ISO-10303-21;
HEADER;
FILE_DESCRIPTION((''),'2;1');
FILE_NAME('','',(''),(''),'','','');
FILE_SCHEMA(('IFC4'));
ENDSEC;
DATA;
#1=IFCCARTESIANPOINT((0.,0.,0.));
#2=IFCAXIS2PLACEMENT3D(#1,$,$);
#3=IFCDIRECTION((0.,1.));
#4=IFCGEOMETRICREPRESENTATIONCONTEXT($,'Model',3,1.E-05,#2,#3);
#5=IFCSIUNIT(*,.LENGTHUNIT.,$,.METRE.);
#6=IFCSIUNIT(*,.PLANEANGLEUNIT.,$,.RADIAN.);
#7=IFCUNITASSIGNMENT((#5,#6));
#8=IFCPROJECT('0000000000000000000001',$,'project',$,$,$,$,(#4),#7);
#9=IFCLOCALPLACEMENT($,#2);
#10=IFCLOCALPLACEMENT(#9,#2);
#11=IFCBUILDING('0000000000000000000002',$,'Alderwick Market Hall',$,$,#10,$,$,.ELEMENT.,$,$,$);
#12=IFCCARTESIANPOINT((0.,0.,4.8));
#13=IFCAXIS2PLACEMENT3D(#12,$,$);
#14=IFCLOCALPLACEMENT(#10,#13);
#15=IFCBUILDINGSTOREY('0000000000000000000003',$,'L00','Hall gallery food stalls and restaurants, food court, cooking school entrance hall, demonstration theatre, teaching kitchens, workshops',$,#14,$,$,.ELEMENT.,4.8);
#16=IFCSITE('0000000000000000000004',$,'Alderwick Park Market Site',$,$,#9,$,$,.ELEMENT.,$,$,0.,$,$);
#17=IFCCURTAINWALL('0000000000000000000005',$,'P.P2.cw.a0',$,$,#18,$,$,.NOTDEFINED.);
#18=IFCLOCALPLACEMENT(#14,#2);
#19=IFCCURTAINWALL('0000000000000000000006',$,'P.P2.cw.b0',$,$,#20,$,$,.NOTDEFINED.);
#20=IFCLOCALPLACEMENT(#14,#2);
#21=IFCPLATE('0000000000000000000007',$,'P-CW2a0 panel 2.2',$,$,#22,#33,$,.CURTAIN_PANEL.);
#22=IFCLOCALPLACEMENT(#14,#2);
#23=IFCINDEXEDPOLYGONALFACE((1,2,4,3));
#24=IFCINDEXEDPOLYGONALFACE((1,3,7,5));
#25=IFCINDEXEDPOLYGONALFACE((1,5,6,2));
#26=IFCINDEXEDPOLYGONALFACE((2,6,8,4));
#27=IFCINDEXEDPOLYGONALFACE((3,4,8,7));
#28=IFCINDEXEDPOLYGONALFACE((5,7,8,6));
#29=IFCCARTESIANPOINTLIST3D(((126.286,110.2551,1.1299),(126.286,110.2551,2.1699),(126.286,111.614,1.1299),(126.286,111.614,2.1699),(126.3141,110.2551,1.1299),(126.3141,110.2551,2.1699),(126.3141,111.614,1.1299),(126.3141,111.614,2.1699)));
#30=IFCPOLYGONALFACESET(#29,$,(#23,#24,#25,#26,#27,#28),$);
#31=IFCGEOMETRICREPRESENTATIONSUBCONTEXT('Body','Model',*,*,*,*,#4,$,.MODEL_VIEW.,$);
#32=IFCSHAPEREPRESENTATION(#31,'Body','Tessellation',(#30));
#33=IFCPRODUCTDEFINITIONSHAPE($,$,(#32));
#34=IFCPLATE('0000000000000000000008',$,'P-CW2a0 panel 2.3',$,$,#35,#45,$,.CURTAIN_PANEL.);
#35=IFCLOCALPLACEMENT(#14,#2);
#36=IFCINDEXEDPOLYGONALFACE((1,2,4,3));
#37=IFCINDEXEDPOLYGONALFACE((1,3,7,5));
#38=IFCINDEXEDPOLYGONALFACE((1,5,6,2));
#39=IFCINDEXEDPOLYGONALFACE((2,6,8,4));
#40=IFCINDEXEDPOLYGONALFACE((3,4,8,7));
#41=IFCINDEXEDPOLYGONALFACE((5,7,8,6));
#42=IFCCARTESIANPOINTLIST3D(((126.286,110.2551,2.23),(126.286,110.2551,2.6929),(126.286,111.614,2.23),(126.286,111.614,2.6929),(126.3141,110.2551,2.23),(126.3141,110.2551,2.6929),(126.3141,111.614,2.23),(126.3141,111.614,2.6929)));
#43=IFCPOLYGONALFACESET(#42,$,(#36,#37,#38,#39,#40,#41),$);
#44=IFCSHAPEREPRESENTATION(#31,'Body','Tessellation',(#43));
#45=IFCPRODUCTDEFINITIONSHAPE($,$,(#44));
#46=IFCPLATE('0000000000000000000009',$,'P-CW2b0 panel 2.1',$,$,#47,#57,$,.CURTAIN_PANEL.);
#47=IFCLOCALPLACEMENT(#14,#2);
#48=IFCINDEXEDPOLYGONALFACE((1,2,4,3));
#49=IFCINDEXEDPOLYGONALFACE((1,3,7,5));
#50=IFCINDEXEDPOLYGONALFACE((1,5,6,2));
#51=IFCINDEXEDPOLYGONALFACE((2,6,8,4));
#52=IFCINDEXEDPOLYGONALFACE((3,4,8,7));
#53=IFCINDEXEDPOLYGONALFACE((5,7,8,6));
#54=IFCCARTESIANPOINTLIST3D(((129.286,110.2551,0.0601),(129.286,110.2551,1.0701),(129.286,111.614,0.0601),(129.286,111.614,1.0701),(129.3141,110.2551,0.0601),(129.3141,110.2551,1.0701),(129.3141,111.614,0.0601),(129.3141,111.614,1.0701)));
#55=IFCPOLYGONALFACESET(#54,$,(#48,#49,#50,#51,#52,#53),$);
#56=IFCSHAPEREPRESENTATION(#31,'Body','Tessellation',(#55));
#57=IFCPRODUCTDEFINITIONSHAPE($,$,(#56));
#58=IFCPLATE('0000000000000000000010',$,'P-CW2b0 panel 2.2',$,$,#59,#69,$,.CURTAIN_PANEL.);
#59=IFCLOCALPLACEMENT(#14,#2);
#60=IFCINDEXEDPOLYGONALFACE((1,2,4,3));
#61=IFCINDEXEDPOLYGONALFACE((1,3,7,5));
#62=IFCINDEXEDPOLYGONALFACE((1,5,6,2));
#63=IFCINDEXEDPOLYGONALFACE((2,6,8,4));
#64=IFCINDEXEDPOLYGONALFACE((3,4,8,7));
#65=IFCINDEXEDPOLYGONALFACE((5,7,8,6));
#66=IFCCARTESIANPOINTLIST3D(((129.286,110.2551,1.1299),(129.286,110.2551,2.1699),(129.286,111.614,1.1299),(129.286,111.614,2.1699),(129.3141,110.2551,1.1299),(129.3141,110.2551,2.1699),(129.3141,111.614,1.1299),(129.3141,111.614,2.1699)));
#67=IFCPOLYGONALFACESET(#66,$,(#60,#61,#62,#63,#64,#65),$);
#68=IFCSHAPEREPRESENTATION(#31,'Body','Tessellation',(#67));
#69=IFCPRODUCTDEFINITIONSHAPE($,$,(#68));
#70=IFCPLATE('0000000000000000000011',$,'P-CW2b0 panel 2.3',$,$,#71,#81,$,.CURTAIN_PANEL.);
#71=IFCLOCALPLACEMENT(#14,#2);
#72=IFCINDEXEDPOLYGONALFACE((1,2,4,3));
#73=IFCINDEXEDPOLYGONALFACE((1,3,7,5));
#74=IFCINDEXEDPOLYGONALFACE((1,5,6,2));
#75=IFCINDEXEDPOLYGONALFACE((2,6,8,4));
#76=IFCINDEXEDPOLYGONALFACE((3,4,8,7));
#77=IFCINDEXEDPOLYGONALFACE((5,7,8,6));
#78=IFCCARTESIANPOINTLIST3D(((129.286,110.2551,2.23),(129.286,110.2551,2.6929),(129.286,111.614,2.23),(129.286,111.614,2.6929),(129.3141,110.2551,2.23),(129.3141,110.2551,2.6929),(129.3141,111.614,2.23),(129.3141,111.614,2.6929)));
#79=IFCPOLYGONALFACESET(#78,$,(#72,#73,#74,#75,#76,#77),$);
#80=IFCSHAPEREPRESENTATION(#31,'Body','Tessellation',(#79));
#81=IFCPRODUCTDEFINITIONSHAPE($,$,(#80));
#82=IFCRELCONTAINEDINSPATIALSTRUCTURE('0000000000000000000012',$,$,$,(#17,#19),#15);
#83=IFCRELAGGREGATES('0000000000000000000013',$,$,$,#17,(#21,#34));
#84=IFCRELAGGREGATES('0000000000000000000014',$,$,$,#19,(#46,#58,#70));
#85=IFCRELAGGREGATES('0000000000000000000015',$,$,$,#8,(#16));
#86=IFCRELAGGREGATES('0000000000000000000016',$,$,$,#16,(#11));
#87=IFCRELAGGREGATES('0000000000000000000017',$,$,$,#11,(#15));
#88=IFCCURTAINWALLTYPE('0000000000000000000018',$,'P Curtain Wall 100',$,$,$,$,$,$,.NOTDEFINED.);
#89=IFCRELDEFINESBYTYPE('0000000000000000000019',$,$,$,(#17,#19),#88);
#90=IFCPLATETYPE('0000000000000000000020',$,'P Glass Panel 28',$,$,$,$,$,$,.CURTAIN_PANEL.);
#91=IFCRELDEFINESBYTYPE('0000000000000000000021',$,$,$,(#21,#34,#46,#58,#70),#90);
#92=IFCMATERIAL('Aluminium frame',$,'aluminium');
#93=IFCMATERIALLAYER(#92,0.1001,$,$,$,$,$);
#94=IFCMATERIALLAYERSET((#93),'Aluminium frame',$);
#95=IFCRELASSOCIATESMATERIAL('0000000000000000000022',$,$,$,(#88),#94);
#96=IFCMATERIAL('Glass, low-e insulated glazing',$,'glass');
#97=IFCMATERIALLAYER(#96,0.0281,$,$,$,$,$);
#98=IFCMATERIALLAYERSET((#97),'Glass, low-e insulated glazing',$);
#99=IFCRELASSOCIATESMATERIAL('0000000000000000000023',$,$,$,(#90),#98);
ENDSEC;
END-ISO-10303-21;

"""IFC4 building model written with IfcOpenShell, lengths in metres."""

from ifc_helpers import new_model, si_unit, direction, frame, origin, origin_2d, place, context, subcontext, project, spatial, rectangle, extrude, material, layer, layer_set, type_object, element, aggregate, save


model = new_model("IFC4")

# Units and contexts
model_context = context("Model", 3, precision=1e-05, world=origin(), true_north=direction((0.0, 1.0)))
body_context = subcontext(model_context, "Body", "Model", "MODEL_VIEW")
ifc_project = project(units=[si_unit("LENGTHUNIT", "METRE"), si_unit("PLANEANGLEUNIT", "RADIAN")], contexts=[model_context])

# Site, building, storey
site_placement = place(None, origin())
site = spatial("IfcSite", under=ifc_project, at=site_placement, Name="Alderwick Park Market Site", CompositionType="ELEMENT", RefElevation=0.0)
building_placement = place(site_placement, origin())
building = spatial("IfcBuilding", under=site, at=building_placement, Name="Alderwick Market Hall", CompositionType="ELEMENT")
storey_placement = place(building_placement, frame((0.0, 0.0, 4.8)))
storey = spatial("IfcBuildingStorey", under=building, at=storey_placement, Name="L00", Description="Hall gallery food stalls and restaurants, food court, cooking school entrance hall, demonstration theatre, teaching kitchens, workshops", CompositionType="ELEMENT", Elevation=4.8)

# Curtain walls
ifc_material_1 = material(Name="Aluminium frame", Category="aluminium")
ifc_layer_1 = layer(ifc_material_1, 0.1001)
ifc_layer_set_1 = layer_set([ifc_layer_1], Name="Aluminium frame")
curtain_wall_type = type_object("IfcCurtainWallType", Name="P Curtain Wall 100", PredefinedType="NOTDEFINED", material=ifc_layer_set_1)
curtain_wall_1_placement = place(storey_placement, origin())
curtain_wall_1 = element("IfcCurtainWall", 1, at=curtain_wall_1_placement, inside=storey, type_object=curtain_wall_type, Name="P.P2.cw.a0", PredefinedType="NOTDEFINED")
curtain_wall_2_placement = place(storey_placement, origin())
curtain_wall_2 = element("IfcCurtainWall", 2, at=curtain_wall_2_placement, inside=storey, type_object=curtain_wall_type, Name="P.P2.cw.b0", PredefinedType="NOTDEFINED")

# Plates
ifc_material_2 = material(Name="Glass, low-e insulated glazing", Category="glass")
ifc_layer_2 = layer(ifc_material_2, 0.0281)
ifc_layer_set_2 = layer_set([ifc_layer_2], Name="Glass, low-e insulated glazing")
plate_type = type_object("IfcPlateType", Name="P Glass Panel 28", PredefinedType="CURTAIN_PANEL", material=ifc_layer_set_2)
plate_1_placement = place(storey_placement, frame((126.3, 110.9346, 1.1299), z_axis=(0.0, 0.0, 1.0), x_axis=(0.0, 1.0, 0.0)))
plate_1 = element("IfcPlate", 3, at=plate_1_placement, type_object=plate_type, Name="P-CW2a0 panel 2.2", PredefinedType="CURTAIN_PANEL", context=body_context, shape_type="SweptSolid", body=[
    extrude(rectangle(XDim=1.3589, YDim=0.0281, at=origin_2d()), origin(), (0.0, 0.0, 1.0), 1.04),
])
plate_2_placement = place(storey_placement, frame((126.3, 110.9346, 2.23), z_axis=(0.0, 0.0, 1.0), x_axis=(0.0, 1.0, 0.0)))
plate_2 = element("IfcPlate", 4, at=plate_2_placement, type_object=plate_type, Name="P-CW2a0 panel 2.3", PredefinedType="CURTAIN_PANEL", context=body_context, shape_type="SweptSolid", body=[
    extrude(rectangle(XDim=1.3589, YDim=0.0281, at=origin_2d()), origin(), (0.0, 0.0, 1.0), 0.4629),
])
aggregate(curtain_wall_1, [plate_1, plate_2])
plate_3_placement = place(storey_placement, frame((129.3, 110.9346, 0.0601), z_axis=(0.0, 0.0, 1.0), x_axis=(0.0, 1.0, 0.0)))
plate_3 = element("IfcPlate", 5, at=plate_3_placement, type_object=plate_type, Name="P-CW2b0 panel 2.1", PredefinedType="CURTAIN_PANEL", context=body_context, shape_type="SweptSolid", body=[
    extrude(rectangle(XDim=1.3589, YDim=0.0281, at=origin_2d()), origin(), (0.0, 0.0, 1.0), 1.01),
])
plate_4_placement = place(storey_placement, frame((129.3, 110.9346, 1.1299), z_axis=(0.0, 0.0, 1.0), x_axis=(0.0, 1.0, 0.0)))
plate_4 = element("IfcPlate", 6, at=plate_4_placement, type_object=plate_type, Name="P-CW2b0 panel 2.2", PredefinedType="CURTAIN_PANEL", context=body_context, shape_type="SweptSolid", body=[
    extrude(rectangle(XDim=1.3589, YDim=0.0281, at=origin_2d()), origin(), (0.0, 0.0, 1.0), 1.04),
])
plate_5_placement = place(storey_placement, frame((129.3, 110.9346, 2.23), z_axis=(0.0, 0.0, 1.0), x_axis=(0.0, 1.0, 0.0)))
plate_5 = element("IfcPlate", 7, at=plate_5_placement, type_object=plate_type, Name="P-CW2b0 panel 2.3", PredefinedType="CURTAIN_PANEL", context=body_context, shape_type="SweptSolid", body=[
    extrude(rectangle(XDim=1.3589, YDim=0.0281, at=origin_2d()), origin(), (0.0, 0.0, 1.0), 0.4629),
])
aggregate(curtain_wall_2, [plate_3, plate_4, plate_5])

save(model, "model.ifc")
